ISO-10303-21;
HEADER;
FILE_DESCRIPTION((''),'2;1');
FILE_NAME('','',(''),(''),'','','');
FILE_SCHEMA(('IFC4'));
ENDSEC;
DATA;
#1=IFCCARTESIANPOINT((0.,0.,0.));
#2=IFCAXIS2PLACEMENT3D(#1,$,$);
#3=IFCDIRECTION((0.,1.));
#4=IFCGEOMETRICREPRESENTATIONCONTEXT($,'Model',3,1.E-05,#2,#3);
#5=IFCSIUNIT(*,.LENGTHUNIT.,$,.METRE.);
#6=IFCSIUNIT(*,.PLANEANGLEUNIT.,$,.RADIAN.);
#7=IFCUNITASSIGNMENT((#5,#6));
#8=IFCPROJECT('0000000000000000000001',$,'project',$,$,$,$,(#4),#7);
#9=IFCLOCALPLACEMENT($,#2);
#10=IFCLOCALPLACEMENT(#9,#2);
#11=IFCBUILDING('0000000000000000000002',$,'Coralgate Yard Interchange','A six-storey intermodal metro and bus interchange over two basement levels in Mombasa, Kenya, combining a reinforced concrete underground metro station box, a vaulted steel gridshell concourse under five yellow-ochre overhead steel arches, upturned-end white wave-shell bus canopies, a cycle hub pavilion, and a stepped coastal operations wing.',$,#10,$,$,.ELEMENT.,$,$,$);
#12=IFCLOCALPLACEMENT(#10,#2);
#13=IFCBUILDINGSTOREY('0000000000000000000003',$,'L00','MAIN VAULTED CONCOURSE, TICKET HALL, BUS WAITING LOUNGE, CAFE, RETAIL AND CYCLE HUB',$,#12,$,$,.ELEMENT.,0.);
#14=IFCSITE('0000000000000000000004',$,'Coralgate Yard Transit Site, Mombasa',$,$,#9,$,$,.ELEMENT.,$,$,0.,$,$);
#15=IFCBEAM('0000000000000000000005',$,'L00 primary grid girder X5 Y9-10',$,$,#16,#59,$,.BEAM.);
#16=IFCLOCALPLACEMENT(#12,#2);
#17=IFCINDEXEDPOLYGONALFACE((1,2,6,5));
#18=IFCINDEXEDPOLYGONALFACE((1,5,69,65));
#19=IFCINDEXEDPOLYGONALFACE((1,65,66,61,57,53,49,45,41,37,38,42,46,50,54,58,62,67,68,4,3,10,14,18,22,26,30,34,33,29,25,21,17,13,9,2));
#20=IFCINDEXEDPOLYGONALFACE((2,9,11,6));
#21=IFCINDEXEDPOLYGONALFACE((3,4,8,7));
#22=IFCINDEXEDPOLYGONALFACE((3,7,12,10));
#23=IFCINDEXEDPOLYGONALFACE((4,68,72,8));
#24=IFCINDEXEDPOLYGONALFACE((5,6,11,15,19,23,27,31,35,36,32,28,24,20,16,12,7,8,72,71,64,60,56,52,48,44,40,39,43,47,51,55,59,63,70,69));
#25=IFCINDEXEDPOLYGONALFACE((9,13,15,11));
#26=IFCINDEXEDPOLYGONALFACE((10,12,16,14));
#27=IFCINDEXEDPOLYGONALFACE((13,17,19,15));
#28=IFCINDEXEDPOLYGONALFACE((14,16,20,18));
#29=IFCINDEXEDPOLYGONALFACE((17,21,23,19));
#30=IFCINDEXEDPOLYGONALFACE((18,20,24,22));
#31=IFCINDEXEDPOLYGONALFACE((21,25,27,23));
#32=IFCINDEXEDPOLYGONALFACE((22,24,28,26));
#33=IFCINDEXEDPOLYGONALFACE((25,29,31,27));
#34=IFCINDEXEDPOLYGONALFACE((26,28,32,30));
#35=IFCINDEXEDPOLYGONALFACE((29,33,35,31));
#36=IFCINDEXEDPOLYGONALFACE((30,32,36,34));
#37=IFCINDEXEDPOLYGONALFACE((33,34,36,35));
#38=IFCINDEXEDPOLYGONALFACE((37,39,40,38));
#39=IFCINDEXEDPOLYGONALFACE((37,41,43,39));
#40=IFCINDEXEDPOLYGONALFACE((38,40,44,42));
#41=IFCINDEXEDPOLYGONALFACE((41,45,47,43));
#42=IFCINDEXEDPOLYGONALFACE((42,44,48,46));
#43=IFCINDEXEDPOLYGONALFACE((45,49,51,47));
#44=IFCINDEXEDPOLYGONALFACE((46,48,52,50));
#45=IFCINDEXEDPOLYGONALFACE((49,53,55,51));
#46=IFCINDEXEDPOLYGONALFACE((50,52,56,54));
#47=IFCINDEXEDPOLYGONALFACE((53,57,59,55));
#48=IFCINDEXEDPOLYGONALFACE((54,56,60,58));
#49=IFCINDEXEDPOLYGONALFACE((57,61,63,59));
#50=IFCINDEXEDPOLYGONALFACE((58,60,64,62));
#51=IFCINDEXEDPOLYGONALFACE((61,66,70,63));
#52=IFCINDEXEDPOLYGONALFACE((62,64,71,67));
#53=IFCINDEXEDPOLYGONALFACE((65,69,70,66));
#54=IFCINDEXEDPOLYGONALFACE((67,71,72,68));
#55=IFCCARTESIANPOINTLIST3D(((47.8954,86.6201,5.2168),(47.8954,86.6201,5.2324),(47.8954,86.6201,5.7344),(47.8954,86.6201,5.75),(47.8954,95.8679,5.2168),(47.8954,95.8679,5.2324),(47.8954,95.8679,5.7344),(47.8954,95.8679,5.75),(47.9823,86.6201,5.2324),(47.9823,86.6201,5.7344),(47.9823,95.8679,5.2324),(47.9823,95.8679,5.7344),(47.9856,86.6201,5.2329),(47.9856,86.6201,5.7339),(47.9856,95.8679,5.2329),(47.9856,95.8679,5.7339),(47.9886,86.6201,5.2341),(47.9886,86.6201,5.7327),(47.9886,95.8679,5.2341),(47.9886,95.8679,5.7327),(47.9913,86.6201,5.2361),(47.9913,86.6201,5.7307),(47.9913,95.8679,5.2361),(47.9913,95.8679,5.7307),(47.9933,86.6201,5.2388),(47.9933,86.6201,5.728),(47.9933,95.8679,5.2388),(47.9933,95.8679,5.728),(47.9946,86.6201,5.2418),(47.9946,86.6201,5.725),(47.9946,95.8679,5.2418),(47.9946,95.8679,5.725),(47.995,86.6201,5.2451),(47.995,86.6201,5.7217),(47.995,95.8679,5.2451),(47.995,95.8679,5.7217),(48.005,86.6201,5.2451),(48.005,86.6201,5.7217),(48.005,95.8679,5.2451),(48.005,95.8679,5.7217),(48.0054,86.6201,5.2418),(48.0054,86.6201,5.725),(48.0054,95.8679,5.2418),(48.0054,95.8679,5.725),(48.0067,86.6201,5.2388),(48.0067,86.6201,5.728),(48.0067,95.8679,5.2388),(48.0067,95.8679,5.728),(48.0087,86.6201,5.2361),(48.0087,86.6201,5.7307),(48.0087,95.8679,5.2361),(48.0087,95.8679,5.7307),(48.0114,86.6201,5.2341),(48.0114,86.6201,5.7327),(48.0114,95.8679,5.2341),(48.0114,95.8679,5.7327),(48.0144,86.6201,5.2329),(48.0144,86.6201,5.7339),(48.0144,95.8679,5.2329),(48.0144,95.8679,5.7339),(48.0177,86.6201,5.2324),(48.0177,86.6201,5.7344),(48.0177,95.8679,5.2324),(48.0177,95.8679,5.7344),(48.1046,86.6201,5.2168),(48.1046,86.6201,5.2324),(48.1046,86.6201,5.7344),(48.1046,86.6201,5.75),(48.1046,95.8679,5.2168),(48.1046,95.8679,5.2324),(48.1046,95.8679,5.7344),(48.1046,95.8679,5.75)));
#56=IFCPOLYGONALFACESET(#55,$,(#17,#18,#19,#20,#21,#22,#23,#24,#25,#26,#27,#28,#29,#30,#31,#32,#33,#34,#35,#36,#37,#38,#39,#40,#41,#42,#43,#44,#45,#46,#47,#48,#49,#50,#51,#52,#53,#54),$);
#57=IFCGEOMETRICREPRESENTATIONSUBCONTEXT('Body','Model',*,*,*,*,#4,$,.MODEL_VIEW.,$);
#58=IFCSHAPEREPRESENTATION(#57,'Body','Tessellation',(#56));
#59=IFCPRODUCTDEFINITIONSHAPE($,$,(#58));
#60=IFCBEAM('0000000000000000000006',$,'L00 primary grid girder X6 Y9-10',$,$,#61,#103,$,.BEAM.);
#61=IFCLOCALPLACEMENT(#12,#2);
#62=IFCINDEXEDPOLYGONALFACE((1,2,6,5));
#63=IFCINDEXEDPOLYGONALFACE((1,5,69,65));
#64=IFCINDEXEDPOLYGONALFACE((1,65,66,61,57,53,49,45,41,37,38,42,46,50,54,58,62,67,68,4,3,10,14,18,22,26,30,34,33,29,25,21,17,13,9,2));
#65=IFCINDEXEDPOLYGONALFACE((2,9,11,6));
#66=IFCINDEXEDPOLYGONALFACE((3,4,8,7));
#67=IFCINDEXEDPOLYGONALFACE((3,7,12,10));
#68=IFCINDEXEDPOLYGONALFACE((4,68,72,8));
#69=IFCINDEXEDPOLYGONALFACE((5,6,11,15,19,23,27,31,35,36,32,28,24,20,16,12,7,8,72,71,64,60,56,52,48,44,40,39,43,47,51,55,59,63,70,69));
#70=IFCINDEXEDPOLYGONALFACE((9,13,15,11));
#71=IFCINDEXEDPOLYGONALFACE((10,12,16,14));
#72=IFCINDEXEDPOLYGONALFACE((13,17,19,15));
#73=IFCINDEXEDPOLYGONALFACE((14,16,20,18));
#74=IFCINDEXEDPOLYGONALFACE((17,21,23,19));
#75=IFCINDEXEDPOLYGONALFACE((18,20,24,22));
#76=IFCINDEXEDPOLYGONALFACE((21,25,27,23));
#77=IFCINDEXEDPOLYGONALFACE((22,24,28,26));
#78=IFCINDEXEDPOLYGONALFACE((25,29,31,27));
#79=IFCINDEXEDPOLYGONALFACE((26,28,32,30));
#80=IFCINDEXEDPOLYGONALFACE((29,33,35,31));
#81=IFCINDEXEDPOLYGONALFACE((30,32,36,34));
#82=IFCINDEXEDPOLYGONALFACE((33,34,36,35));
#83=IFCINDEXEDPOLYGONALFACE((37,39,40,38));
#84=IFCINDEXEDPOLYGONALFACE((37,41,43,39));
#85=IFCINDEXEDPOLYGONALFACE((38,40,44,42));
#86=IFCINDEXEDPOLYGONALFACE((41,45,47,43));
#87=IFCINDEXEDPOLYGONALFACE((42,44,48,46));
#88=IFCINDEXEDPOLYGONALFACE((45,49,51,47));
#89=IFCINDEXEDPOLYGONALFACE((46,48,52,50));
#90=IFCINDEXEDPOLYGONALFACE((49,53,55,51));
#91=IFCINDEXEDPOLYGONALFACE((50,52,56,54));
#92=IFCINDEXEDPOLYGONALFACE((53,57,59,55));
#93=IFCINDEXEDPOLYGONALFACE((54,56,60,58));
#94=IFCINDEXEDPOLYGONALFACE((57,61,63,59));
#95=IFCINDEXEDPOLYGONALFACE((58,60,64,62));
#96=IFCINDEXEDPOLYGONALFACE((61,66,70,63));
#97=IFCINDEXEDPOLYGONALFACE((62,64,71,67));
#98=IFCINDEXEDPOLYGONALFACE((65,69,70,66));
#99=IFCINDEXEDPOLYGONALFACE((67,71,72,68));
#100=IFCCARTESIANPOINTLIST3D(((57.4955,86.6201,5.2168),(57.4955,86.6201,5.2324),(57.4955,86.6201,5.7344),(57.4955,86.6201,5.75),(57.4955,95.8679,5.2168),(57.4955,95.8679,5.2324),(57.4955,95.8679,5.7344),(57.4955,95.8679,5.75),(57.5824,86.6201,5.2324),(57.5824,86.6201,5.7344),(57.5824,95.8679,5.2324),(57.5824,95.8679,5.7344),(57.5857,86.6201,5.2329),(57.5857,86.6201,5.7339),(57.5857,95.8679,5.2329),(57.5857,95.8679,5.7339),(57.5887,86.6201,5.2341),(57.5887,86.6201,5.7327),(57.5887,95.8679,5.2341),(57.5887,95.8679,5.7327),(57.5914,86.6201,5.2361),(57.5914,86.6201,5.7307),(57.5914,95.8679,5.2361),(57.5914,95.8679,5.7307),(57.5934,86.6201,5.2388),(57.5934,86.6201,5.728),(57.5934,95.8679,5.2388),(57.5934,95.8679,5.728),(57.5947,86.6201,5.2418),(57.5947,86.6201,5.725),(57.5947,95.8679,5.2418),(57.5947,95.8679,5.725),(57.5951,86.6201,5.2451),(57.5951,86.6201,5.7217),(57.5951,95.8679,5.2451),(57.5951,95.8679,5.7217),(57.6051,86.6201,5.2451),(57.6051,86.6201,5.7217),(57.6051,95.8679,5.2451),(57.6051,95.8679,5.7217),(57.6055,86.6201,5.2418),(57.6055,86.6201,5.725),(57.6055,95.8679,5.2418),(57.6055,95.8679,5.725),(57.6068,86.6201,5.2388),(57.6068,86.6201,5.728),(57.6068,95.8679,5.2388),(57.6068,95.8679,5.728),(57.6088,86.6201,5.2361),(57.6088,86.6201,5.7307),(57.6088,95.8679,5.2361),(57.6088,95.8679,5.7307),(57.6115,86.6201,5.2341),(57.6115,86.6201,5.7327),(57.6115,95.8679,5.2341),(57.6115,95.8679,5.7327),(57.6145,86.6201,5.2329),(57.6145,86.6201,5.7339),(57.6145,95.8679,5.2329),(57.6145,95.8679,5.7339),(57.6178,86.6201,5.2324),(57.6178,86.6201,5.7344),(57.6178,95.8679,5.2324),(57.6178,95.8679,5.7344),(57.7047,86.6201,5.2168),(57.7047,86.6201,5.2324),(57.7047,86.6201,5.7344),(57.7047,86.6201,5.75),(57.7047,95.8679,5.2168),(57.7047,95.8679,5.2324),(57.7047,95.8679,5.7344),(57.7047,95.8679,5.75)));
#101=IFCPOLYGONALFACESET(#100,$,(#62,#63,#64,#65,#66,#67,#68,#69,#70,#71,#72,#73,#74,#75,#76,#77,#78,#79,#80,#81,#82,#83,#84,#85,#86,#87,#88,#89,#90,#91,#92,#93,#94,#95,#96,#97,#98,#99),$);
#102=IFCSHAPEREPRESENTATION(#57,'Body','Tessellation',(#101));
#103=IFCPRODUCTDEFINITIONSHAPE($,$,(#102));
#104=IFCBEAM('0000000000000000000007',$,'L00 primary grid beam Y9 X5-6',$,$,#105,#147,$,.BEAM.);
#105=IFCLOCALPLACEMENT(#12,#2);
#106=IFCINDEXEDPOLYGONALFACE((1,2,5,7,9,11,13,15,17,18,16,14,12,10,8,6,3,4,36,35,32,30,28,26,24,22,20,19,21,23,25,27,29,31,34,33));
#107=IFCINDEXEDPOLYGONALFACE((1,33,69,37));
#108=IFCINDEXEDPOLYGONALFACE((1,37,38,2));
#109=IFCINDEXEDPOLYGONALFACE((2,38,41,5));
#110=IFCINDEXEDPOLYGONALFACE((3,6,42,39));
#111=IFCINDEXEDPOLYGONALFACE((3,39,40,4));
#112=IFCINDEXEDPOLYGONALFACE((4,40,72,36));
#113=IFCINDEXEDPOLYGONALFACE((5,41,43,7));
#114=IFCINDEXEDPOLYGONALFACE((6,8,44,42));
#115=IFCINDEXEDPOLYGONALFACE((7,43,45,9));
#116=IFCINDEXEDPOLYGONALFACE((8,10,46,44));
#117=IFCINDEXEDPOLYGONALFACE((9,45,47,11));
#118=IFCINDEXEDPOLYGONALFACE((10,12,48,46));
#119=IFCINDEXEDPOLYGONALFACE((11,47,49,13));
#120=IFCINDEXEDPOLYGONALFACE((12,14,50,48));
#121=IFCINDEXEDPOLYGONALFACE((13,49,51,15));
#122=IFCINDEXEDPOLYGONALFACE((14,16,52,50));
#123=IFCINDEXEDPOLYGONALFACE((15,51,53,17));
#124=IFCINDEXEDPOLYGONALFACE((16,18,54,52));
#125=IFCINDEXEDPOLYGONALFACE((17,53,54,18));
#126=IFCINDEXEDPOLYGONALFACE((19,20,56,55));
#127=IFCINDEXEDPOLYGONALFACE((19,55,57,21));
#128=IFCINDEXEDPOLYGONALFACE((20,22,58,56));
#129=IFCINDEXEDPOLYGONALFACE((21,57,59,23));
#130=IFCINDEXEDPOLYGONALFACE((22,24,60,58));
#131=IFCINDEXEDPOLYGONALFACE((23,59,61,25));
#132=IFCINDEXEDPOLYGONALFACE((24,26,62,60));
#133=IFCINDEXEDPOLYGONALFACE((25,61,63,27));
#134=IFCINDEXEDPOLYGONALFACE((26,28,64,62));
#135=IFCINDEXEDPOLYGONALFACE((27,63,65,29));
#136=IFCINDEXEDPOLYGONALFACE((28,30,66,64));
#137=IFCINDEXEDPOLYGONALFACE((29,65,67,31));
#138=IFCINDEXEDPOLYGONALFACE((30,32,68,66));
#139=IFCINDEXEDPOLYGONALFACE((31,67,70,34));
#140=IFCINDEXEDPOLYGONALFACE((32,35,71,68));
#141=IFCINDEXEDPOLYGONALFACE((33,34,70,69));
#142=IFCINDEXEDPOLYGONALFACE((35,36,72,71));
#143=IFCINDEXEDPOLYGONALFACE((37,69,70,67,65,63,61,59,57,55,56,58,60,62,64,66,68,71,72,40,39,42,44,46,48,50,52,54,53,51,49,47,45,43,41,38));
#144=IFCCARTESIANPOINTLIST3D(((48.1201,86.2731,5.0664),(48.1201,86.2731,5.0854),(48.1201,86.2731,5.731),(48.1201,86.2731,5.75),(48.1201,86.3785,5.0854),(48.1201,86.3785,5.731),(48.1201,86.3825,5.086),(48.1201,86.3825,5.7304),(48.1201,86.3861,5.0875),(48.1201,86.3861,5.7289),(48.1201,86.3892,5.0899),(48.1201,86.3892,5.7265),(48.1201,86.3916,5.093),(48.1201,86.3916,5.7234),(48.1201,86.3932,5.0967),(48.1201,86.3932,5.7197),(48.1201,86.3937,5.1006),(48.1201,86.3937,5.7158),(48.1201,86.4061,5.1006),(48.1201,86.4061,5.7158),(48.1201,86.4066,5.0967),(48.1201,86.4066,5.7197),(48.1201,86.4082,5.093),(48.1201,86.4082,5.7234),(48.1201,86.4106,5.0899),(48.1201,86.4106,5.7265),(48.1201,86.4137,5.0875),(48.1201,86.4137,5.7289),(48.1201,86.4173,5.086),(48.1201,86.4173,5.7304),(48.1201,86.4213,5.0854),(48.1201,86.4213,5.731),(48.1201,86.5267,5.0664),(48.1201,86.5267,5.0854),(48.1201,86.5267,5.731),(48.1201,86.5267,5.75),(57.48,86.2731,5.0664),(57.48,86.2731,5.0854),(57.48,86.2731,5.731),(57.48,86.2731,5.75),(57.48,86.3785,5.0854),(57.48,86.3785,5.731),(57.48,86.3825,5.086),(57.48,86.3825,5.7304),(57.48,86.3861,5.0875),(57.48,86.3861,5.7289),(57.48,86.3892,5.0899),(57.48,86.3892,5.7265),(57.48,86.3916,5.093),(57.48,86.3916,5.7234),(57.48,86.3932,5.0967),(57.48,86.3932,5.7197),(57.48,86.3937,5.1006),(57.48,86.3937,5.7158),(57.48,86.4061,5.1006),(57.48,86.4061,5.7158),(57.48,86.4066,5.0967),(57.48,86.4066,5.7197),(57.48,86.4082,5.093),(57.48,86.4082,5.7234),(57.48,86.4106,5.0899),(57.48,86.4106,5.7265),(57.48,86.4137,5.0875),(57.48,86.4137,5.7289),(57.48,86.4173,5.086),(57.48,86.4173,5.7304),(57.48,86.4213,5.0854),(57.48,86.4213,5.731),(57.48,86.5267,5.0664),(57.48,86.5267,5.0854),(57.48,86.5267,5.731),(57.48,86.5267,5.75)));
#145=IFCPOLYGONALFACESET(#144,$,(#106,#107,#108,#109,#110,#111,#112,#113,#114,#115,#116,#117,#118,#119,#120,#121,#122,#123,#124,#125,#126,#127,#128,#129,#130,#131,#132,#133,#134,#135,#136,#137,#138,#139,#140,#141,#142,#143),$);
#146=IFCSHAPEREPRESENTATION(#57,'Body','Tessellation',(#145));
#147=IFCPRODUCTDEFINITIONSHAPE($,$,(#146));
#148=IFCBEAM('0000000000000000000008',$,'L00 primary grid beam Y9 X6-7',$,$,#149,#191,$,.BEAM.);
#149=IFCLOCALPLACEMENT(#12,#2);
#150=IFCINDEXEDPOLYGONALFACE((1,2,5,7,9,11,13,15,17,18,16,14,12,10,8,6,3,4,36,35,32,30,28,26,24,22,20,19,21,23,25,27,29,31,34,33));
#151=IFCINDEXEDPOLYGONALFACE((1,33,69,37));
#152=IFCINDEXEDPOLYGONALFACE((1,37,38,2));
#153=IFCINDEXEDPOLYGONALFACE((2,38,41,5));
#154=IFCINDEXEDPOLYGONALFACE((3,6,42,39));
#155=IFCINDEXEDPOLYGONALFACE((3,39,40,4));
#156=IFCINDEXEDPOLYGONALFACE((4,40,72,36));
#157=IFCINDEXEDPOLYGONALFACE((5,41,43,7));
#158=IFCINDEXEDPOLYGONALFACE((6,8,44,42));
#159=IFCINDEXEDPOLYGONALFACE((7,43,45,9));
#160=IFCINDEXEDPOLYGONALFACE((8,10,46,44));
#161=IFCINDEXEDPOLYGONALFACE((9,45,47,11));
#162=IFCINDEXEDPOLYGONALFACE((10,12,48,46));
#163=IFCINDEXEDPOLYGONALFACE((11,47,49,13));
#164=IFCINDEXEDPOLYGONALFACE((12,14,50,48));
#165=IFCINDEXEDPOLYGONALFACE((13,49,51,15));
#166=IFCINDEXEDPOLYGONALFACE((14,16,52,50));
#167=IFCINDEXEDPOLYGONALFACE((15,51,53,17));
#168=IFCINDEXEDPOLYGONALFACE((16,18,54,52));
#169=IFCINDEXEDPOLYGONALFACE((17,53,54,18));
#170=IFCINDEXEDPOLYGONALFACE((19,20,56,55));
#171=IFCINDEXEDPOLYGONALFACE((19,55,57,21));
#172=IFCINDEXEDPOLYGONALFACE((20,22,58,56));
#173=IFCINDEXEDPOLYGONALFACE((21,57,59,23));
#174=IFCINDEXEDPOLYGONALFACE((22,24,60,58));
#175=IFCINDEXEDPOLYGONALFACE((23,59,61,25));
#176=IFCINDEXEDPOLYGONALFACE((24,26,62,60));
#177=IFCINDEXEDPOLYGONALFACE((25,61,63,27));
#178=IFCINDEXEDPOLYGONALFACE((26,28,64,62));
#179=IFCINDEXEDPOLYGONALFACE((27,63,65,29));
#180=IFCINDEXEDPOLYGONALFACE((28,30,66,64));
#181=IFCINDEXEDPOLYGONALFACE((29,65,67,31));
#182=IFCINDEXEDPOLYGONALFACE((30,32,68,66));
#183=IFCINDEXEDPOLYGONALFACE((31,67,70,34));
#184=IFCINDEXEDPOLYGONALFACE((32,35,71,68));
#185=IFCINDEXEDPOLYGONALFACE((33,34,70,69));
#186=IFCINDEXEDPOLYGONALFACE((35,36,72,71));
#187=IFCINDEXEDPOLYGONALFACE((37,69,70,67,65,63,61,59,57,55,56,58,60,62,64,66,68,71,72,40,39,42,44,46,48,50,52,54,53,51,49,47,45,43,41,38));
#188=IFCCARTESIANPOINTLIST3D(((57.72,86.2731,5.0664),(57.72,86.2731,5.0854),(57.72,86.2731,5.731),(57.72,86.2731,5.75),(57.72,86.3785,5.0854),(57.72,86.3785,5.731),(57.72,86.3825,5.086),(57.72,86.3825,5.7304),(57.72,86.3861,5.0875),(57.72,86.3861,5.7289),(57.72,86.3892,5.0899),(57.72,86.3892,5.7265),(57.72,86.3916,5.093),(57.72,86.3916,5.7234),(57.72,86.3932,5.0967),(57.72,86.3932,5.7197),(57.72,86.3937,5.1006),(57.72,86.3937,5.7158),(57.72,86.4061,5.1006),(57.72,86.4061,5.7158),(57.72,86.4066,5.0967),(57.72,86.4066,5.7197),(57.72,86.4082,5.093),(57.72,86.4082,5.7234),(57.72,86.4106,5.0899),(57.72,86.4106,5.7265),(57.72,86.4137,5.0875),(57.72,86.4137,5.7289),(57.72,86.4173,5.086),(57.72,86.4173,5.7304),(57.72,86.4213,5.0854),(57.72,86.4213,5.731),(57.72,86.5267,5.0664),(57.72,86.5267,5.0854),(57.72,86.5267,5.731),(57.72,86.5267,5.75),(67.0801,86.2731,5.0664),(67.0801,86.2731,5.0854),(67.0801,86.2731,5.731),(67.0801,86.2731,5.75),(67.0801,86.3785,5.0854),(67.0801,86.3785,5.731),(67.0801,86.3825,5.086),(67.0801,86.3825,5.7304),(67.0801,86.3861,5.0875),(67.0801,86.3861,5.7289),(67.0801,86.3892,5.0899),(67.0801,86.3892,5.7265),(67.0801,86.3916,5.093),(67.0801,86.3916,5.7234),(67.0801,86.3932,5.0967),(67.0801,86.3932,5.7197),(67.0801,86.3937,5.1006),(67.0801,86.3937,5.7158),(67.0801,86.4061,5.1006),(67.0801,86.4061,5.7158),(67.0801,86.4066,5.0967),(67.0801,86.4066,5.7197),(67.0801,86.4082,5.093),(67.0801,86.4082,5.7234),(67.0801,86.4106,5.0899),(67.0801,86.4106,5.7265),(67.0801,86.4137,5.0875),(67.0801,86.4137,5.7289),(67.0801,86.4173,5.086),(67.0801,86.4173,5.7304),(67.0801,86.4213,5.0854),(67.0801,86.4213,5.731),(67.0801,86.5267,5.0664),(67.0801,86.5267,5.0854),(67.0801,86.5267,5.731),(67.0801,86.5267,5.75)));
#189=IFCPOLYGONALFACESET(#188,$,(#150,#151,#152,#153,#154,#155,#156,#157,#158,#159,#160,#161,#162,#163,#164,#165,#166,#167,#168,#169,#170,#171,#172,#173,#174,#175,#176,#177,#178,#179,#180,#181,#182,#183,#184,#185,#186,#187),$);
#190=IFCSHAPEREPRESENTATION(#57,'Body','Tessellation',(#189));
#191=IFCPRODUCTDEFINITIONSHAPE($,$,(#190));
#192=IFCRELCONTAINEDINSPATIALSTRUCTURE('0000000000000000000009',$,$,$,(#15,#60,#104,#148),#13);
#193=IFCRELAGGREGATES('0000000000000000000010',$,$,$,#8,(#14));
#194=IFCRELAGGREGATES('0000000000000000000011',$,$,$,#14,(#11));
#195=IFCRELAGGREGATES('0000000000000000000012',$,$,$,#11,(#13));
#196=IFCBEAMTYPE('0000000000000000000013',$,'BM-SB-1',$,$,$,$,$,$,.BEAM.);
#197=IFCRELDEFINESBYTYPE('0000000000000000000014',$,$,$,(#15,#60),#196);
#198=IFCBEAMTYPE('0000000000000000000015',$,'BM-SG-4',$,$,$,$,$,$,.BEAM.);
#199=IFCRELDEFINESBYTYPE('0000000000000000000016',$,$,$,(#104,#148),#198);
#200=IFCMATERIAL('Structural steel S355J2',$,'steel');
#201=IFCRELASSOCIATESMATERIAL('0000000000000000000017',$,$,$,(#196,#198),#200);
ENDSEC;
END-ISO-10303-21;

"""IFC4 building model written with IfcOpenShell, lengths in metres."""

from ifc_helpers import new_model, si_unit, direction, frame, origin, origin_2d, place, context, subcontext, project, spatial, i_section, extrude, material, material_profile, profile_set, type_object, element, save


model = new_model("IFC4")

# Units and contexts
model_context = context("Model", 3, precision=1e-05, world=origin(), true_north=direction((0.0, 1.0)))
body_context = subcontext(model_context, "Body", "Model", "MODEL_VIEW")
ifc_project = project(units=[si_unit("LENGTHUNIT", "METRE"), si_unit("PLANEANGLEUNIT", "RADIAN")], contexts=[model_context])

# Site, building, storey
site_placement = place(None, origin())
site = spatial("IfcSite", under=ifc_project, at=site_placement, Name="Coralgate Yard Transit Site, Mombasa", CompositionType="ELEMENT", RefElevation=0.0)
building_placement = place(site_placement, origin())
building = spatial("IfcBuilding", under=site, at=building_placement, Name="Coralgate Yard Interchange", Description="A six-storey intermodal metro and bus interchange over two basement levels in Mombasa, Kenya, combining a reinforced concrete underground metro station box, a vaulted steel gridshell concourse under five yellow-ochre overhead steel arches, upturned-end white wave-shell bus canopies, a cycle hub pavilion, and a stepped coastal operations wing.", CompositionType="ELEMENT")
storey_placement = place(building_placement, origin())
storey = spatial("IfcBuildingStorey", under=building, at=storey_placement, Name="L00", Description="MAIN VAULTED CONCOURSE, TICKET HALL, BUS WAITING LOUNGE, CAFE, RETAIL AND CYCLE HUB", CompositionType="ELEMENT", Elevation=0.0)

# Shared definitions
ifc_material_1 = material(Name="Structural steel S355J2", Category="steel")

# Beams
ifc_material_profile_1 = material_profile(ifc_material_1, i_section(OverallWidth=0.2092, OverallDepth=0.5332, WebThickness=0.01, FlangeThickness=0.0156, FilletRadius=0.0127, at=origin_2d()), Name="UB 533x210x92")
ifc_profile_set_1 = profile_set([ifc_material_profile_1], Name="Structural steel S355J2")
beam_type_1 = type_object("IfcBeamType", Name="BM-SB-1", PredefinedType="BEAM", material=ifc_profile_set_1)
for number, where, z_axis, x_axis, name in (
    (1, (48.0, 86.6201, 5.4834), (0.0, 1.0, 0.0), (-1.0, 0.0, 0.0), "L00 primary grid girder X5 Y9-10"),
    (2, (57.6001, 86.6201, 5.4834), (0.0, 1.0, 0.0), (-1.0, 0.0, 0.0), "L00 primary grid girder X6 Y9-10"),
):
    element("IfcBeam", number, at=place(storey_placement, frame(where, z_axis=z_axis, x_axis=x_axis)), inside=storey, type_object=beam_type_1, Name=name, PredefinedType="BEAM", context=body_context, shape_type="SweptSolid", body=[
        extrude(i_section(OverallWidth=0.2092, OverallDepth=0.5332, WebThickness=0.01, FlangeThickness=0.0156, FilletRadius=0.0127, at=origin_2d()), origin(), (0.0, 0.0, 1.0), 9.2478),
    ])
ifc_material_profile_2 = material_profile(ifc_material_1, i_section(OverallWidth=0.2537, OverallDepth=0.6836, WebThickness=0.0125, FlangeThickness=0.019, FilletRadius=0.0151, at=origin_2d()), Name="UB 686x254x140")
ifc_profile_set_2 = profile_set([ifc_material_profile_2], Name="Structural steel S355J2")
beam_type_2 = type_object("IfcBeamType", Name="BM-SG-4", PredefinedType="BEAM", material=ifc_profile_set_2)
beam_1_placement = place(storey_placement, frame((48.1201, 86.3999, 5.4082), z_axis=(1.0, 0.0, 0.0), x_axis=(0.0, 1.0, 0.0)))
element("IfcBeam", 3, at=beam_1_placement, inside=storey, type_object=beam_type_2, Name="L00 primary grid beam Y9 X5-6", PredefinedType="BEAM", context=body_context, shape_type="SweptSolid", body=[
    extrude(i_section(OverallWidth=0.2537, OverallDepth=0.6836, WebThickness=0.0125, FlangeThickness=0.019, FilletRadius=0.0151, at=origin_2d()), origin(), (0.0, 0.0, 1.0), 9.3599),
])
beam_2_placement = place(storey_placement, frame((57.72, 86.3999, 5.4082), z_axis=(1.0, 0.0, 0.0), x_axis=(0.0, 1.0, 0.0)))
element("IfcBeam", 4, at=beam_2_placement, inside=storey, type_object=beam_type_2, Name="L00 primary grid beam Y9 X6-7", PredefinedType="BEAM", context=body_context, shape_type="SweptSolid", body=[
    extrude(i_section(OverallWidth=0.2537, OverallDepth=0.6836, WebThickness=0.0125, FlangeThickness=0.019, FilletRadius=0.0151, at=origin_2d()), origin(), (0.0, 0.0, 1.0), 9.3601),
])

save(model, "model.ifc")
